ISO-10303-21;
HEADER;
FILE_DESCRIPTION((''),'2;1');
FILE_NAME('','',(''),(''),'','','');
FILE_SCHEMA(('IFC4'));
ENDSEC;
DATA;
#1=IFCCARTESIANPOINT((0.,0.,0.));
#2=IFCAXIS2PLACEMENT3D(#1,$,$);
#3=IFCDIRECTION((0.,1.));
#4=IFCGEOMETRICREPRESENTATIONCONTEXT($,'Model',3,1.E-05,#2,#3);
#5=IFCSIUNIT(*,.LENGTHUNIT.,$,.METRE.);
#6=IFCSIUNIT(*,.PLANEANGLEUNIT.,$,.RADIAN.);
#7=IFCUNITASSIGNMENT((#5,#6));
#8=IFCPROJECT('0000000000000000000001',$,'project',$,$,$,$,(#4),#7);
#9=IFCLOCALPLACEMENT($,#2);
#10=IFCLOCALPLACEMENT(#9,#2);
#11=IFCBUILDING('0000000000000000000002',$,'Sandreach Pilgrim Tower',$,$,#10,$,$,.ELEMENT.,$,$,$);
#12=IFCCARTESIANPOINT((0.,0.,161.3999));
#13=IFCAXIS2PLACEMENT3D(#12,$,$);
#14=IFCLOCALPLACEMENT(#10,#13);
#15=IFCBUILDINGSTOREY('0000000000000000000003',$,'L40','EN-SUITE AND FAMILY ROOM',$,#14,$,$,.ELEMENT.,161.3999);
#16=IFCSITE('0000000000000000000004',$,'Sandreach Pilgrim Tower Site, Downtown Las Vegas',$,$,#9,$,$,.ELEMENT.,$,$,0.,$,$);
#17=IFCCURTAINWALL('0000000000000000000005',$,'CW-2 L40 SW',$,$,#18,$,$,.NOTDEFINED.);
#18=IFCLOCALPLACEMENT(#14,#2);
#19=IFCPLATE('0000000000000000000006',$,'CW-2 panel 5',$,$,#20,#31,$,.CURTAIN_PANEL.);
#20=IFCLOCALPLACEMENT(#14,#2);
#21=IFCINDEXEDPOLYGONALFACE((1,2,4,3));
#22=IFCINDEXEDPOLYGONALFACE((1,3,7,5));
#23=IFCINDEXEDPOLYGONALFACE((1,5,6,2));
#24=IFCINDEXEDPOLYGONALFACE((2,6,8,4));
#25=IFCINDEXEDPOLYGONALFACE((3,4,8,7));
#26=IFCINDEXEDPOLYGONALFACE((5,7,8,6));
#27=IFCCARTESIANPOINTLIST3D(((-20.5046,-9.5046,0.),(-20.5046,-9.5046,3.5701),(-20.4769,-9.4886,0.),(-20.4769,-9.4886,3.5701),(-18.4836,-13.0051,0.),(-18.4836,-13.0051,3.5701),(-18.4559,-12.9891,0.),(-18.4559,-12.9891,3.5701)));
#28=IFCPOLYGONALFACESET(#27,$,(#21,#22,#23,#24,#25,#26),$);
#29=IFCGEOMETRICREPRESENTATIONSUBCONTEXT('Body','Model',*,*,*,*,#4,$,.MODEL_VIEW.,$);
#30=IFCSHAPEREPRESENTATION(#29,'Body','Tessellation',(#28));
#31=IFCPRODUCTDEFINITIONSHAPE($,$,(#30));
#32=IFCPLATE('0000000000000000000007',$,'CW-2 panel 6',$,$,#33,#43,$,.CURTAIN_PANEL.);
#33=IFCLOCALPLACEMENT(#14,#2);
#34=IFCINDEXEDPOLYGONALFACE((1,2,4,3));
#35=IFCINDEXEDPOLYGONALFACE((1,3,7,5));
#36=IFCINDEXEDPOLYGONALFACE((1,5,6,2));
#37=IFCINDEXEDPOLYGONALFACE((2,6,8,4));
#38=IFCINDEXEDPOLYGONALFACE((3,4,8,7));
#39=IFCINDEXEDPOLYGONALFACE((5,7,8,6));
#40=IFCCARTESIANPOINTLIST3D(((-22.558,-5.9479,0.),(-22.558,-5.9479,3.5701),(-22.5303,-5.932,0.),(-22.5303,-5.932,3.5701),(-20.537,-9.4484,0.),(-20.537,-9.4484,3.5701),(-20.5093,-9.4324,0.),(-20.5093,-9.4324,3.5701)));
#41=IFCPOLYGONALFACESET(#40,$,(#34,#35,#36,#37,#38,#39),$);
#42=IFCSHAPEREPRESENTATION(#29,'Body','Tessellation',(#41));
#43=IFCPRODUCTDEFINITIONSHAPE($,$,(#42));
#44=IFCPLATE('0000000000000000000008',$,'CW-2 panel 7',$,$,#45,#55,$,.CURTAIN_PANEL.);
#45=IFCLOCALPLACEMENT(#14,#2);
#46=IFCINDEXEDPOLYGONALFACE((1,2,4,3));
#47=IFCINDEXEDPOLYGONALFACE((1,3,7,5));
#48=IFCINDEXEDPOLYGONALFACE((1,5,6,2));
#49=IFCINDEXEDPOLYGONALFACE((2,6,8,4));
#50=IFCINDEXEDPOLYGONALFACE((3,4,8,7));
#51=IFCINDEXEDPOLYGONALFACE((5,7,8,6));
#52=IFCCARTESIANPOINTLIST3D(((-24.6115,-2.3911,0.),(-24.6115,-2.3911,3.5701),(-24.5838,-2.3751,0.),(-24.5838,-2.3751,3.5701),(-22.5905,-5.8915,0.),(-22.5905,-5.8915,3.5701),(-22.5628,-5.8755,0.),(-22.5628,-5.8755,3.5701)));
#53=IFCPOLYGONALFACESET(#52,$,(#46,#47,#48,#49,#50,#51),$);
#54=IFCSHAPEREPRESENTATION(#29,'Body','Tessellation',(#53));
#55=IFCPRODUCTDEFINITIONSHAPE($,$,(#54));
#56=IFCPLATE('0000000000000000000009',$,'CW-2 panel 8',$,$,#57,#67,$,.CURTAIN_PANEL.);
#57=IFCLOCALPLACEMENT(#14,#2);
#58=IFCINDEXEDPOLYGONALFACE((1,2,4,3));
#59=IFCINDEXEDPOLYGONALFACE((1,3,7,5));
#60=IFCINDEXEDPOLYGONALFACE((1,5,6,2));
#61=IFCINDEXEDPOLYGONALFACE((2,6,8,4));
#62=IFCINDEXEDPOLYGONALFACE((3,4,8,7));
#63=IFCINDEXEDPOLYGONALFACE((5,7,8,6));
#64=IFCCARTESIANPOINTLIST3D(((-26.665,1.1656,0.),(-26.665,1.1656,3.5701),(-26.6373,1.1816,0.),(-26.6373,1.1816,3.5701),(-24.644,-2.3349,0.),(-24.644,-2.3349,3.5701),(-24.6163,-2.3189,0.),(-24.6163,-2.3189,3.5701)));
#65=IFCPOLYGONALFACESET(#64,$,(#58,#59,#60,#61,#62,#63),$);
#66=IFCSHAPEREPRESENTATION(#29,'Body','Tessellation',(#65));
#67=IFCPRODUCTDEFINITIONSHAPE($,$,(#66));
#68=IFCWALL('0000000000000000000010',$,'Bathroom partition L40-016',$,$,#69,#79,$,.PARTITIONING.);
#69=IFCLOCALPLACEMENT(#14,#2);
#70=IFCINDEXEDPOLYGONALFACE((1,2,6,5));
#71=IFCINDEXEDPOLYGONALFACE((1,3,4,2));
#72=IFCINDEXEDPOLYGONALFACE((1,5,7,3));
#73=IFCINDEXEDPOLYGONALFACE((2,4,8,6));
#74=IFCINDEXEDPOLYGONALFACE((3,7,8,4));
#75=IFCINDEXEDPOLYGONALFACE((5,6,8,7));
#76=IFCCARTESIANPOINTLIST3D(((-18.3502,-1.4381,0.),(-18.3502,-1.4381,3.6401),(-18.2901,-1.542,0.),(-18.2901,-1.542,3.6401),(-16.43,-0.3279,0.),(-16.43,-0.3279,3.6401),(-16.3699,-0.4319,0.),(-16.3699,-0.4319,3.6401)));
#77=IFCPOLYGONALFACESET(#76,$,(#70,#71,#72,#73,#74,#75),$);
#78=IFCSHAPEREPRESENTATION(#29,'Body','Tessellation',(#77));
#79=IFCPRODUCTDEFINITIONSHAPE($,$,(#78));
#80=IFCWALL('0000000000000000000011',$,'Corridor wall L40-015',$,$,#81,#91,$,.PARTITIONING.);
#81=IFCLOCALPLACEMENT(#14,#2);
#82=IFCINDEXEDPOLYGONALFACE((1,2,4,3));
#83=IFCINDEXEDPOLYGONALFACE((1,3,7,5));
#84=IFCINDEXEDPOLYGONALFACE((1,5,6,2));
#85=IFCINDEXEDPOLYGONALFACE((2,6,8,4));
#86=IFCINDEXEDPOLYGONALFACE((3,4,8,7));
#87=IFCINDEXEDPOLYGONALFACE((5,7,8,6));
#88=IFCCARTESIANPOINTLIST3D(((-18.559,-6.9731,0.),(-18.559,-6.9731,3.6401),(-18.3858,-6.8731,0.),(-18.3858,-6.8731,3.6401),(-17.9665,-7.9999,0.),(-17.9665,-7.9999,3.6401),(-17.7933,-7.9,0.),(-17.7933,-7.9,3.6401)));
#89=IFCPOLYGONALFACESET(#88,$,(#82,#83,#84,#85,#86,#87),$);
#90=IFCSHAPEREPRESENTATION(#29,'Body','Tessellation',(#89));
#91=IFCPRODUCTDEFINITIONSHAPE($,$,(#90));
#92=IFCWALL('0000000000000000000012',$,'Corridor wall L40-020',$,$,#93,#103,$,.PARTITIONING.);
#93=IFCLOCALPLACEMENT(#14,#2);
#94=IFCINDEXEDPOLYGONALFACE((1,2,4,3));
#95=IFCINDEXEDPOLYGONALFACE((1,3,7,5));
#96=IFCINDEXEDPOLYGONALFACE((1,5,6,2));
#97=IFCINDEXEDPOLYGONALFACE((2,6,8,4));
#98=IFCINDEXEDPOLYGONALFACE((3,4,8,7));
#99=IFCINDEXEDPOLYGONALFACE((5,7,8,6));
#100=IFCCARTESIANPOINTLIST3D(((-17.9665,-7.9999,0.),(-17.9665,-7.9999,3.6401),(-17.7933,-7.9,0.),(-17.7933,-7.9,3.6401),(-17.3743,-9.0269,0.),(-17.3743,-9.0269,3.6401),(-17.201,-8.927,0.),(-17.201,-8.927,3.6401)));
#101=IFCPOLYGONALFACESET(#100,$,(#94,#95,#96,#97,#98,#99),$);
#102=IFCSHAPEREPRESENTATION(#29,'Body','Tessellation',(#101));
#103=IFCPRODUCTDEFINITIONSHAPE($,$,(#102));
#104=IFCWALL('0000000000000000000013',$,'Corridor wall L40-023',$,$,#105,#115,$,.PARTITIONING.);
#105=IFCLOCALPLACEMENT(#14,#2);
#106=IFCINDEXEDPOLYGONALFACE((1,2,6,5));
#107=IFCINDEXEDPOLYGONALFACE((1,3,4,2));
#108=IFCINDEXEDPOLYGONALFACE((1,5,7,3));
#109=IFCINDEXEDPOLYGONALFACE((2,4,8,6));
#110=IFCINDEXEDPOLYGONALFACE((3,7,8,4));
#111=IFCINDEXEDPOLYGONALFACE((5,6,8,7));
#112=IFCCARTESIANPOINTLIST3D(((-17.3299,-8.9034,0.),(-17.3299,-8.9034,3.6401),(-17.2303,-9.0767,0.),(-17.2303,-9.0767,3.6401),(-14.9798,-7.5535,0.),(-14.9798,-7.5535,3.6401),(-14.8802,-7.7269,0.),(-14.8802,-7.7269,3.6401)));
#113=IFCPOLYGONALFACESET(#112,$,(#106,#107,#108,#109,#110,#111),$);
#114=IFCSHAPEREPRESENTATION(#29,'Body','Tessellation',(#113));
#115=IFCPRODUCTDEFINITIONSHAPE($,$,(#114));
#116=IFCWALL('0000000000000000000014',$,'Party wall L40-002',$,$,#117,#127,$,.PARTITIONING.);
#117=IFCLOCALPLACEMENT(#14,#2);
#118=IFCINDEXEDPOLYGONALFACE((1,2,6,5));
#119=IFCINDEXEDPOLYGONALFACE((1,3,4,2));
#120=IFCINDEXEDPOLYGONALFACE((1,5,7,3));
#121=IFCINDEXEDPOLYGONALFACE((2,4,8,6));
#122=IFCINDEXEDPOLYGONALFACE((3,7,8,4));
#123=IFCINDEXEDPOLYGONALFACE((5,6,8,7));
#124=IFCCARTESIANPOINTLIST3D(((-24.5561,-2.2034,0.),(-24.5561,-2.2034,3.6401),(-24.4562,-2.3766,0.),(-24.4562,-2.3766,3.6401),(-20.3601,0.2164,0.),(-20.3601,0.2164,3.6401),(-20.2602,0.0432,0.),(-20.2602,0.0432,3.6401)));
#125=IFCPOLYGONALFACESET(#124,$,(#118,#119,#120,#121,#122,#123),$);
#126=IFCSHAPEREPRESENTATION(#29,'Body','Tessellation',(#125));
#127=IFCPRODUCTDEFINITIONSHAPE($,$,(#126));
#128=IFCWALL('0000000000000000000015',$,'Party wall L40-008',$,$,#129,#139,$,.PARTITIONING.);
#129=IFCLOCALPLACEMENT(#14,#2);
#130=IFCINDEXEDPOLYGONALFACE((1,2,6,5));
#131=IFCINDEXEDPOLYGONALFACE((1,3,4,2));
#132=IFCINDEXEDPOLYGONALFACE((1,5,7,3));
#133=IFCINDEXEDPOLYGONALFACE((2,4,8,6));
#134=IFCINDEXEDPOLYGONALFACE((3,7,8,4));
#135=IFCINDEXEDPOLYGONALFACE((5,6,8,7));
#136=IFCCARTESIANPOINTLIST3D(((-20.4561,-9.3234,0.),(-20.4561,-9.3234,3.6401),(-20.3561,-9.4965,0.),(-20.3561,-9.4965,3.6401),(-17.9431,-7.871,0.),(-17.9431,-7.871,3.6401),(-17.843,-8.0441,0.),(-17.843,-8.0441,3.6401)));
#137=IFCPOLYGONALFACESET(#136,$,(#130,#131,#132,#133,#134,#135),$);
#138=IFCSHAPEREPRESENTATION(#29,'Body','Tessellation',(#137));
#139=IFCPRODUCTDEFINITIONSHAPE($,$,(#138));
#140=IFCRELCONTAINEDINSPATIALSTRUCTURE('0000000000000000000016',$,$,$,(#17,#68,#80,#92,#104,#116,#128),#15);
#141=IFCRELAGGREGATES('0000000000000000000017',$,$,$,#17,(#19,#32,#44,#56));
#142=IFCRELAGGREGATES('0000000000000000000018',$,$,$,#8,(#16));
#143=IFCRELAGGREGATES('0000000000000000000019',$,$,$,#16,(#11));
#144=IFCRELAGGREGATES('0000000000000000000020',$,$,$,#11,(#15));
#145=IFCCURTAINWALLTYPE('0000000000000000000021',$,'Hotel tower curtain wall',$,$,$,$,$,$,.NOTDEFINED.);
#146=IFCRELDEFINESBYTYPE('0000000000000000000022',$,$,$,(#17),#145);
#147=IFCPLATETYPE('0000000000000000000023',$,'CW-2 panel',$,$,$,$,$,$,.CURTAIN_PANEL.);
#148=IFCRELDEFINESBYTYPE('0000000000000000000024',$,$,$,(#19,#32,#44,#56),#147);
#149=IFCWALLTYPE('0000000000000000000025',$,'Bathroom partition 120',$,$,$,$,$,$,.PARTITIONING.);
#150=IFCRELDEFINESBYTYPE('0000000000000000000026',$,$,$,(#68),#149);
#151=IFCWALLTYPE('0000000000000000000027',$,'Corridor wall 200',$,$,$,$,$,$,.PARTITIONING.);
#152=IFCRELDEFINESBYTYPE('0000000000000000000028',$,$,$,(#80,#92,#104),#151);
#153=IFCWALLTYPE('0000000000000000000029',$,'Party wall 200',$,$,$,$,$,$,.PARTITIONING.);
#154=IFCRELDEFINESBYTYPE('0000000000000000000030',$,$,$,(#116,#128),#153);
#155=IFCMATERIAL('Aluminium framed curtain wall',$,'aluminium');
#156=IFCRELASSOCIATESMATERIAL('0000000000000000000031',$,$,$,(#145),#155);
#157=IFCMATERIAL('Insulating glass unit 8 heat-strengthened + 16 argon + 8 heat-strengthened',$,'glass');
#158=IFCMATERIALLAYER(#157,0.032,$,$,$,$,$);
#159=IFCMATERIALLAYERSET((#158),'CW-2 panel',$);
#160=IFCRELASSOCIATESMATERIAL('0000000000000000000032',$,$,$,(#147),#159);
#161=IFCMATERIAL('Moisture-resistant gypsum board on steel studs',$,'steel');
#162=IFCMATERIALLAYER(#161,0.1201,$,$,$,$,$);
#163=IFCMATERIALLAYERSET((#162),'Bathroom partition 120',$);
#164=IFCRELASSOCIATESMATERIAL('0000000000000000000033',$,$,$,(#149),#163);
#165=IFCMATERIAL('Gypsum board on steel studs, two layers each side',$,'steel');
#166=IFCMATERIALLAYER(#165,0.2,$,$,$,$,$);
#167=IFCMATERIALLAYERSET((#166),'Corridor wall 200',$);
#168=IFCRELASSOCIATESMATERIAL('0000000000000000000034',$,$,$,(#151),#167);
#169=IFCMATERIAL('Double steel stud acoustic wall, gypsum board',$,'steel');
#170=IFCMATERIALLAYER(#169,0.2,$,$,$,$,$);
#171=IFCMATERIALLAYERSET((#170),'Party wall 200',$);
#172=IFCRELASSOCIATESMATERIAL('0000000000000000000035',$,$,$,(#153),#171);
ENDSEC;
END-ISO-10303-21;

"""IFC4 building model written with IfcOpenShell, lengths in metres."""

from ifc_helpers import new_model, si_unit, direction, frame, frame_2d, origin, origin_2d, place, context, subcontext, project, spatial, rectangle, extrude, material, layer, layer_set, type_object, element, aggregate, save


model = new_model("IFC4")

# Units and contexts
model_context = context("Model", 3, precision=1e-05, world=origin(), true_north=direction((0.0, 1.0)))
body_context = subcontext(model_context, "Body", "Model", "MODEL_VIEW")
ifc_project = project(units=[si_unit("LENGTHUNIT", "METRE"), si_unit("PLANEANGLEUNIT", "RADIAN")], contexts=[model_context])

# Site, building, storey
site_placement = place(None, origin())
site = spatial("IfcSite", under=ifc_project, at=site_placement, Name="Sandreach Pilgrim Tower Site, Downtown Las Vegas", CompositionType="ELEMENT", RefElevation=0.0)
building_placement = place(site_placement, origin())
building = spatial("IfcBuilding", under=site, at=building_placement, Name="Sandreach Pilgrim Tower", CompositionType="ELEMENT")
storey_placement = place(building_placement, frame((0.0, 0.0, 161.3999)))
storey = spatial("IfcBuildingStorey", under=building, at=storey_placement, Name="L40", Description="EN-SUITE AND FAMILY ROOM", CompositionType="ELEMENT", Elevation=161.3999)

# Curtain wall
ifc_material_1 = material(Name="Aluminium framed curtain wall", Category="aluminium")
curtain_wall_type = type_object("IfcCurtainWallType", Name="Hotel tower curtain wall", PredefinedType="NOTDEFINED", material=ifc_material_1)
curtain_wall_placement = place(storey_placement, origin())
curtain_wall = element("IfcCurtainWall", 1, at=curtain_wall_placement, inside=storey, type_object=curtain_wall_type, Name="CW-2 L40 SW", PredefinedType="NOTDEFINED")

# Plates
ifc_material_2 = material(Name="Insulating glass unit 8 heat-strengthened + 16 argon + 8 heat-strengthened", Category="glass")
ifc_layer_1 = layer(ifc_material_2, 0.032)
ifc_layer_set_1 = layer_set([ifc_layer_1], Name="CW-2 panel")
plate_type = type_object("IfcPlateType", Name="CW-2 panel", PredefinedType="CURTAIN_PANEL", material=ifc_layer_set_1)
plate_1_placement = place(storey_placement, frame((-19.4802, -11.2468, 0.0), z_axis=(0.0, 0.0, 1.0), x_axis=(-0.5, 0.866025, 0.0)))
plate_1 = element("IfcPlate", 2, at=plate_1_placement, type_object=plate_type, Name="CW-2 panel 5", PredefinedType="CURTAIN_PANEL", context=body_context, shape_type="SweptSolid", body=[
    extrude(rectangle(XDim=4.042, YDim=0.032, at=origin_2d()), origin(), (0.0, 0.0, 1.0), 3.5701),
])
plate_2_placement = place(storey_placement, frame((-21.5337, -7.6902, 0.0), z_axis=(0.0, 0.0, 1.0), x_axis=(-0.5, 0.866025, 0.0)))
plate_2 = element("IfcPlate", 3, at=plate_2_placement, type_object=plate_type, Name="CW-2 panel 6", PredefinedType="CURTAIN_PANEL", context=body_context, shape_type="SweptSolid", body=[
    extrude(rectangle(XDim=4.042, YDim=0.032, at=origin_2d()), origin(), (0.0, 0.0, 1.0), 3.5701),
])
plate_3_placement = place(storey_placement, frame((-23.5872, -4.1333, 0.0), z_axis=(0.0, 0.0, 1.0), x_axis=(-0.5, 0.866025, 0.0)))
plate_3 = element("IfcPlate", 4, at=plate_3_placement, type_object=plate_type, Name="CW-2 panel 7", PredefinedType="CURTAIN_PANEL", context=body_context, shape_type="SweptSolid", body=[
    extrude(rectangle(XDim=4.042, YDim=0.032, at=origin_2d()), origin(), (0.0, 0.0, 1.0), 3.5701),
])
plate_4_placement = place(storey_placement, frame((-25.6406, -0.5767, 0.0), z_axis=(0.0, 0.0, 1.0), x_axis=(-0.5, 0.866025, 0.0)))
plate_4 = element("IfcPlate", 5, at=plate_4_placement, type_object=plate_type, Name="CW-2 panel 8", PredefinedType="CURTAIN_PANEL", context=body_context, shape_type="SweptSolid", body=[
    extrude(rectangle(XDim=4.042, YDim=0.032, at=origin_2d()), origin(), (0.0, 0.0, 1.0), 3.5701),
])
aggregate(curtain_wall, [plate_1, plate_2, plate_3, plate_4])

# Walls
ifc_material_3 = material(Name="Moisture-resistant gypsum board on steel studs", Category="steel")
ifc_layer_2 = layer(ifc_material_3, 0.1201)
ifc_layer_set_2 = layer_set([ifc_layer_2], Name="Bathroom partition 120")
wall_type_1 = type_object("IfcWallType", Name="Bathroom partition 120", PredefinedType="PARTITIONING", material=ifc_layer_set_2)
wall_1_placement = place(storey_placement, frame((-18.3201, -1.49, 0.0), z_axis=(0.0, 0.0, 1.0), x_axis=(0.865733, 0.500507, 0.0)))
element("IfcWall", 6, at=wall_1_placement, inside=storey, type_object=wall_type_1, Name="Bathroom partition L40-016", PredefinedType="PARTITIONING", context=body_context, shape_type="SweptSolid", body=[
    extrude(rectangle(XDim=2.218, YDim=0.1201, at=frame_2d((1.1089, 0.0))), origin(), (0.0, 0.0, 1.0), 3.6401),
])
ifc_material_4 = material(Name="Gypsum board on steel studs, two layers each side", Category="steel")
ifc_layer_3 = layer(ifc_material_4, 0.2)
ifc_layer_set_3 = layer_set([ifc_layer_3], Name="Corridor wall 200")
wall_type_2 = type_object("IfcWallType", Name="Corridor wall 200", PredefinedType="PARTITIONING", material=ifc_layer_set_3)
for number, where, z_axis, x_axis, name in (
    (7, (-18.4724, -6.9231, 0.0), (0.0, 0.0, 1.0), (0.499794, -0.866144, 0.0), "Corridor wall L40-015"),
    (8, (-17.8799, -7.95, 0.0), (0.0, 0.0, 1.0), (0.49955, -0.866285, 0.0), "Corridor wall L40-020"),
):
    element("IfcWall", number, at=place(storey_placement, frame(where, z_axis=z_axis, x_axis=x_axis)), inside=storey, type_object=wall_type_2, Name=name, PredefinedType="PARTITIONING", context=body_context, shape_type="SweptSolid", body=[
        extrude(rectangle(XDim=1.1855, YDim=0.2, at=frame_2d((0.5928, 0.0))), origin(), (0.0, 0.0, 1.0), 3.6401),
    ])
wall_2_placement = place(storey_placement, frame((-17.28, -8.99, 0.0), z_axis=(0.0, 0.0, 1.0), x_axis=(0.867138, 0.498068, 0.0)))
element("IfcWall", 9, at=wall_2_placement, inside=storey, type_object=wall_type_2, Name="Corridor wall L40-023", PredefinedType="PARTITIONING", context=body_context, shape_type="SweptSolid", body=[
    extrude(rectangle(XDim=2.7102, YDim=0.2, at=frame_2d((1.355, 0.0))), origin(), (0.0, 0.0, 1.0), 3.6401),
])
ifc_material_5 = material(Name="Double steel stud acoustic wall, gypsum board", Category="steel")
ifc_layer_4 = layer(ifc_material_5, 0.2)
ifc_layer_set_4 = layer_set([ifc_layer_4], Name="Party wall 200")
wall_type_3 = type_object("IfcWallType", Name="Party wall 200", PredefinedType="PARTITIONING", material=ifc_layer_set_4)
wall_3_placement = place(storey_placement, frame((-24.5061, -2.29, 0.0), z_axis=(0.0, 0.0, 1.0), x_axis=(0.866264, 0.499587, 0.0)))
element("IfcWall", 10, at=wall_3_placement, inside=storey, type_object=wall_type_3, Name="Party wall L40-002", PredefinedType="PARTITIONING", context=body_context, shape_type="SweptSolid", body=[
    extrude(rectangle(XDim=4.8438, YDim=0.2, at=frame_2d((2.4219, 0.0))), origin(), (0.0, 0.0, 1.0), 3.6401),
])
wall_4_placement = place(storey_placement, frame((-20.406, -9.4099, 0.0), z_axis=(0.0, 0.0, 1.0), x_axis=(0.865795, 0.5004, 0.0)))
element("IfcWall", 11, at=wall_4_placement, inside=storey, type_object=wall_type_3, Name="Party wall L40-008", PredefinedType="PARTITIONING", context=body_context, shape_type="SweptSolid", body=[
    extrude(rectangle(XDim=2.9026, YDim=0.2, at=frame_2d((1.4512, 0.0))), origin(), (0.0, 0.0, 1.0), 3.6401),
])

save(model, "model.ifc")
